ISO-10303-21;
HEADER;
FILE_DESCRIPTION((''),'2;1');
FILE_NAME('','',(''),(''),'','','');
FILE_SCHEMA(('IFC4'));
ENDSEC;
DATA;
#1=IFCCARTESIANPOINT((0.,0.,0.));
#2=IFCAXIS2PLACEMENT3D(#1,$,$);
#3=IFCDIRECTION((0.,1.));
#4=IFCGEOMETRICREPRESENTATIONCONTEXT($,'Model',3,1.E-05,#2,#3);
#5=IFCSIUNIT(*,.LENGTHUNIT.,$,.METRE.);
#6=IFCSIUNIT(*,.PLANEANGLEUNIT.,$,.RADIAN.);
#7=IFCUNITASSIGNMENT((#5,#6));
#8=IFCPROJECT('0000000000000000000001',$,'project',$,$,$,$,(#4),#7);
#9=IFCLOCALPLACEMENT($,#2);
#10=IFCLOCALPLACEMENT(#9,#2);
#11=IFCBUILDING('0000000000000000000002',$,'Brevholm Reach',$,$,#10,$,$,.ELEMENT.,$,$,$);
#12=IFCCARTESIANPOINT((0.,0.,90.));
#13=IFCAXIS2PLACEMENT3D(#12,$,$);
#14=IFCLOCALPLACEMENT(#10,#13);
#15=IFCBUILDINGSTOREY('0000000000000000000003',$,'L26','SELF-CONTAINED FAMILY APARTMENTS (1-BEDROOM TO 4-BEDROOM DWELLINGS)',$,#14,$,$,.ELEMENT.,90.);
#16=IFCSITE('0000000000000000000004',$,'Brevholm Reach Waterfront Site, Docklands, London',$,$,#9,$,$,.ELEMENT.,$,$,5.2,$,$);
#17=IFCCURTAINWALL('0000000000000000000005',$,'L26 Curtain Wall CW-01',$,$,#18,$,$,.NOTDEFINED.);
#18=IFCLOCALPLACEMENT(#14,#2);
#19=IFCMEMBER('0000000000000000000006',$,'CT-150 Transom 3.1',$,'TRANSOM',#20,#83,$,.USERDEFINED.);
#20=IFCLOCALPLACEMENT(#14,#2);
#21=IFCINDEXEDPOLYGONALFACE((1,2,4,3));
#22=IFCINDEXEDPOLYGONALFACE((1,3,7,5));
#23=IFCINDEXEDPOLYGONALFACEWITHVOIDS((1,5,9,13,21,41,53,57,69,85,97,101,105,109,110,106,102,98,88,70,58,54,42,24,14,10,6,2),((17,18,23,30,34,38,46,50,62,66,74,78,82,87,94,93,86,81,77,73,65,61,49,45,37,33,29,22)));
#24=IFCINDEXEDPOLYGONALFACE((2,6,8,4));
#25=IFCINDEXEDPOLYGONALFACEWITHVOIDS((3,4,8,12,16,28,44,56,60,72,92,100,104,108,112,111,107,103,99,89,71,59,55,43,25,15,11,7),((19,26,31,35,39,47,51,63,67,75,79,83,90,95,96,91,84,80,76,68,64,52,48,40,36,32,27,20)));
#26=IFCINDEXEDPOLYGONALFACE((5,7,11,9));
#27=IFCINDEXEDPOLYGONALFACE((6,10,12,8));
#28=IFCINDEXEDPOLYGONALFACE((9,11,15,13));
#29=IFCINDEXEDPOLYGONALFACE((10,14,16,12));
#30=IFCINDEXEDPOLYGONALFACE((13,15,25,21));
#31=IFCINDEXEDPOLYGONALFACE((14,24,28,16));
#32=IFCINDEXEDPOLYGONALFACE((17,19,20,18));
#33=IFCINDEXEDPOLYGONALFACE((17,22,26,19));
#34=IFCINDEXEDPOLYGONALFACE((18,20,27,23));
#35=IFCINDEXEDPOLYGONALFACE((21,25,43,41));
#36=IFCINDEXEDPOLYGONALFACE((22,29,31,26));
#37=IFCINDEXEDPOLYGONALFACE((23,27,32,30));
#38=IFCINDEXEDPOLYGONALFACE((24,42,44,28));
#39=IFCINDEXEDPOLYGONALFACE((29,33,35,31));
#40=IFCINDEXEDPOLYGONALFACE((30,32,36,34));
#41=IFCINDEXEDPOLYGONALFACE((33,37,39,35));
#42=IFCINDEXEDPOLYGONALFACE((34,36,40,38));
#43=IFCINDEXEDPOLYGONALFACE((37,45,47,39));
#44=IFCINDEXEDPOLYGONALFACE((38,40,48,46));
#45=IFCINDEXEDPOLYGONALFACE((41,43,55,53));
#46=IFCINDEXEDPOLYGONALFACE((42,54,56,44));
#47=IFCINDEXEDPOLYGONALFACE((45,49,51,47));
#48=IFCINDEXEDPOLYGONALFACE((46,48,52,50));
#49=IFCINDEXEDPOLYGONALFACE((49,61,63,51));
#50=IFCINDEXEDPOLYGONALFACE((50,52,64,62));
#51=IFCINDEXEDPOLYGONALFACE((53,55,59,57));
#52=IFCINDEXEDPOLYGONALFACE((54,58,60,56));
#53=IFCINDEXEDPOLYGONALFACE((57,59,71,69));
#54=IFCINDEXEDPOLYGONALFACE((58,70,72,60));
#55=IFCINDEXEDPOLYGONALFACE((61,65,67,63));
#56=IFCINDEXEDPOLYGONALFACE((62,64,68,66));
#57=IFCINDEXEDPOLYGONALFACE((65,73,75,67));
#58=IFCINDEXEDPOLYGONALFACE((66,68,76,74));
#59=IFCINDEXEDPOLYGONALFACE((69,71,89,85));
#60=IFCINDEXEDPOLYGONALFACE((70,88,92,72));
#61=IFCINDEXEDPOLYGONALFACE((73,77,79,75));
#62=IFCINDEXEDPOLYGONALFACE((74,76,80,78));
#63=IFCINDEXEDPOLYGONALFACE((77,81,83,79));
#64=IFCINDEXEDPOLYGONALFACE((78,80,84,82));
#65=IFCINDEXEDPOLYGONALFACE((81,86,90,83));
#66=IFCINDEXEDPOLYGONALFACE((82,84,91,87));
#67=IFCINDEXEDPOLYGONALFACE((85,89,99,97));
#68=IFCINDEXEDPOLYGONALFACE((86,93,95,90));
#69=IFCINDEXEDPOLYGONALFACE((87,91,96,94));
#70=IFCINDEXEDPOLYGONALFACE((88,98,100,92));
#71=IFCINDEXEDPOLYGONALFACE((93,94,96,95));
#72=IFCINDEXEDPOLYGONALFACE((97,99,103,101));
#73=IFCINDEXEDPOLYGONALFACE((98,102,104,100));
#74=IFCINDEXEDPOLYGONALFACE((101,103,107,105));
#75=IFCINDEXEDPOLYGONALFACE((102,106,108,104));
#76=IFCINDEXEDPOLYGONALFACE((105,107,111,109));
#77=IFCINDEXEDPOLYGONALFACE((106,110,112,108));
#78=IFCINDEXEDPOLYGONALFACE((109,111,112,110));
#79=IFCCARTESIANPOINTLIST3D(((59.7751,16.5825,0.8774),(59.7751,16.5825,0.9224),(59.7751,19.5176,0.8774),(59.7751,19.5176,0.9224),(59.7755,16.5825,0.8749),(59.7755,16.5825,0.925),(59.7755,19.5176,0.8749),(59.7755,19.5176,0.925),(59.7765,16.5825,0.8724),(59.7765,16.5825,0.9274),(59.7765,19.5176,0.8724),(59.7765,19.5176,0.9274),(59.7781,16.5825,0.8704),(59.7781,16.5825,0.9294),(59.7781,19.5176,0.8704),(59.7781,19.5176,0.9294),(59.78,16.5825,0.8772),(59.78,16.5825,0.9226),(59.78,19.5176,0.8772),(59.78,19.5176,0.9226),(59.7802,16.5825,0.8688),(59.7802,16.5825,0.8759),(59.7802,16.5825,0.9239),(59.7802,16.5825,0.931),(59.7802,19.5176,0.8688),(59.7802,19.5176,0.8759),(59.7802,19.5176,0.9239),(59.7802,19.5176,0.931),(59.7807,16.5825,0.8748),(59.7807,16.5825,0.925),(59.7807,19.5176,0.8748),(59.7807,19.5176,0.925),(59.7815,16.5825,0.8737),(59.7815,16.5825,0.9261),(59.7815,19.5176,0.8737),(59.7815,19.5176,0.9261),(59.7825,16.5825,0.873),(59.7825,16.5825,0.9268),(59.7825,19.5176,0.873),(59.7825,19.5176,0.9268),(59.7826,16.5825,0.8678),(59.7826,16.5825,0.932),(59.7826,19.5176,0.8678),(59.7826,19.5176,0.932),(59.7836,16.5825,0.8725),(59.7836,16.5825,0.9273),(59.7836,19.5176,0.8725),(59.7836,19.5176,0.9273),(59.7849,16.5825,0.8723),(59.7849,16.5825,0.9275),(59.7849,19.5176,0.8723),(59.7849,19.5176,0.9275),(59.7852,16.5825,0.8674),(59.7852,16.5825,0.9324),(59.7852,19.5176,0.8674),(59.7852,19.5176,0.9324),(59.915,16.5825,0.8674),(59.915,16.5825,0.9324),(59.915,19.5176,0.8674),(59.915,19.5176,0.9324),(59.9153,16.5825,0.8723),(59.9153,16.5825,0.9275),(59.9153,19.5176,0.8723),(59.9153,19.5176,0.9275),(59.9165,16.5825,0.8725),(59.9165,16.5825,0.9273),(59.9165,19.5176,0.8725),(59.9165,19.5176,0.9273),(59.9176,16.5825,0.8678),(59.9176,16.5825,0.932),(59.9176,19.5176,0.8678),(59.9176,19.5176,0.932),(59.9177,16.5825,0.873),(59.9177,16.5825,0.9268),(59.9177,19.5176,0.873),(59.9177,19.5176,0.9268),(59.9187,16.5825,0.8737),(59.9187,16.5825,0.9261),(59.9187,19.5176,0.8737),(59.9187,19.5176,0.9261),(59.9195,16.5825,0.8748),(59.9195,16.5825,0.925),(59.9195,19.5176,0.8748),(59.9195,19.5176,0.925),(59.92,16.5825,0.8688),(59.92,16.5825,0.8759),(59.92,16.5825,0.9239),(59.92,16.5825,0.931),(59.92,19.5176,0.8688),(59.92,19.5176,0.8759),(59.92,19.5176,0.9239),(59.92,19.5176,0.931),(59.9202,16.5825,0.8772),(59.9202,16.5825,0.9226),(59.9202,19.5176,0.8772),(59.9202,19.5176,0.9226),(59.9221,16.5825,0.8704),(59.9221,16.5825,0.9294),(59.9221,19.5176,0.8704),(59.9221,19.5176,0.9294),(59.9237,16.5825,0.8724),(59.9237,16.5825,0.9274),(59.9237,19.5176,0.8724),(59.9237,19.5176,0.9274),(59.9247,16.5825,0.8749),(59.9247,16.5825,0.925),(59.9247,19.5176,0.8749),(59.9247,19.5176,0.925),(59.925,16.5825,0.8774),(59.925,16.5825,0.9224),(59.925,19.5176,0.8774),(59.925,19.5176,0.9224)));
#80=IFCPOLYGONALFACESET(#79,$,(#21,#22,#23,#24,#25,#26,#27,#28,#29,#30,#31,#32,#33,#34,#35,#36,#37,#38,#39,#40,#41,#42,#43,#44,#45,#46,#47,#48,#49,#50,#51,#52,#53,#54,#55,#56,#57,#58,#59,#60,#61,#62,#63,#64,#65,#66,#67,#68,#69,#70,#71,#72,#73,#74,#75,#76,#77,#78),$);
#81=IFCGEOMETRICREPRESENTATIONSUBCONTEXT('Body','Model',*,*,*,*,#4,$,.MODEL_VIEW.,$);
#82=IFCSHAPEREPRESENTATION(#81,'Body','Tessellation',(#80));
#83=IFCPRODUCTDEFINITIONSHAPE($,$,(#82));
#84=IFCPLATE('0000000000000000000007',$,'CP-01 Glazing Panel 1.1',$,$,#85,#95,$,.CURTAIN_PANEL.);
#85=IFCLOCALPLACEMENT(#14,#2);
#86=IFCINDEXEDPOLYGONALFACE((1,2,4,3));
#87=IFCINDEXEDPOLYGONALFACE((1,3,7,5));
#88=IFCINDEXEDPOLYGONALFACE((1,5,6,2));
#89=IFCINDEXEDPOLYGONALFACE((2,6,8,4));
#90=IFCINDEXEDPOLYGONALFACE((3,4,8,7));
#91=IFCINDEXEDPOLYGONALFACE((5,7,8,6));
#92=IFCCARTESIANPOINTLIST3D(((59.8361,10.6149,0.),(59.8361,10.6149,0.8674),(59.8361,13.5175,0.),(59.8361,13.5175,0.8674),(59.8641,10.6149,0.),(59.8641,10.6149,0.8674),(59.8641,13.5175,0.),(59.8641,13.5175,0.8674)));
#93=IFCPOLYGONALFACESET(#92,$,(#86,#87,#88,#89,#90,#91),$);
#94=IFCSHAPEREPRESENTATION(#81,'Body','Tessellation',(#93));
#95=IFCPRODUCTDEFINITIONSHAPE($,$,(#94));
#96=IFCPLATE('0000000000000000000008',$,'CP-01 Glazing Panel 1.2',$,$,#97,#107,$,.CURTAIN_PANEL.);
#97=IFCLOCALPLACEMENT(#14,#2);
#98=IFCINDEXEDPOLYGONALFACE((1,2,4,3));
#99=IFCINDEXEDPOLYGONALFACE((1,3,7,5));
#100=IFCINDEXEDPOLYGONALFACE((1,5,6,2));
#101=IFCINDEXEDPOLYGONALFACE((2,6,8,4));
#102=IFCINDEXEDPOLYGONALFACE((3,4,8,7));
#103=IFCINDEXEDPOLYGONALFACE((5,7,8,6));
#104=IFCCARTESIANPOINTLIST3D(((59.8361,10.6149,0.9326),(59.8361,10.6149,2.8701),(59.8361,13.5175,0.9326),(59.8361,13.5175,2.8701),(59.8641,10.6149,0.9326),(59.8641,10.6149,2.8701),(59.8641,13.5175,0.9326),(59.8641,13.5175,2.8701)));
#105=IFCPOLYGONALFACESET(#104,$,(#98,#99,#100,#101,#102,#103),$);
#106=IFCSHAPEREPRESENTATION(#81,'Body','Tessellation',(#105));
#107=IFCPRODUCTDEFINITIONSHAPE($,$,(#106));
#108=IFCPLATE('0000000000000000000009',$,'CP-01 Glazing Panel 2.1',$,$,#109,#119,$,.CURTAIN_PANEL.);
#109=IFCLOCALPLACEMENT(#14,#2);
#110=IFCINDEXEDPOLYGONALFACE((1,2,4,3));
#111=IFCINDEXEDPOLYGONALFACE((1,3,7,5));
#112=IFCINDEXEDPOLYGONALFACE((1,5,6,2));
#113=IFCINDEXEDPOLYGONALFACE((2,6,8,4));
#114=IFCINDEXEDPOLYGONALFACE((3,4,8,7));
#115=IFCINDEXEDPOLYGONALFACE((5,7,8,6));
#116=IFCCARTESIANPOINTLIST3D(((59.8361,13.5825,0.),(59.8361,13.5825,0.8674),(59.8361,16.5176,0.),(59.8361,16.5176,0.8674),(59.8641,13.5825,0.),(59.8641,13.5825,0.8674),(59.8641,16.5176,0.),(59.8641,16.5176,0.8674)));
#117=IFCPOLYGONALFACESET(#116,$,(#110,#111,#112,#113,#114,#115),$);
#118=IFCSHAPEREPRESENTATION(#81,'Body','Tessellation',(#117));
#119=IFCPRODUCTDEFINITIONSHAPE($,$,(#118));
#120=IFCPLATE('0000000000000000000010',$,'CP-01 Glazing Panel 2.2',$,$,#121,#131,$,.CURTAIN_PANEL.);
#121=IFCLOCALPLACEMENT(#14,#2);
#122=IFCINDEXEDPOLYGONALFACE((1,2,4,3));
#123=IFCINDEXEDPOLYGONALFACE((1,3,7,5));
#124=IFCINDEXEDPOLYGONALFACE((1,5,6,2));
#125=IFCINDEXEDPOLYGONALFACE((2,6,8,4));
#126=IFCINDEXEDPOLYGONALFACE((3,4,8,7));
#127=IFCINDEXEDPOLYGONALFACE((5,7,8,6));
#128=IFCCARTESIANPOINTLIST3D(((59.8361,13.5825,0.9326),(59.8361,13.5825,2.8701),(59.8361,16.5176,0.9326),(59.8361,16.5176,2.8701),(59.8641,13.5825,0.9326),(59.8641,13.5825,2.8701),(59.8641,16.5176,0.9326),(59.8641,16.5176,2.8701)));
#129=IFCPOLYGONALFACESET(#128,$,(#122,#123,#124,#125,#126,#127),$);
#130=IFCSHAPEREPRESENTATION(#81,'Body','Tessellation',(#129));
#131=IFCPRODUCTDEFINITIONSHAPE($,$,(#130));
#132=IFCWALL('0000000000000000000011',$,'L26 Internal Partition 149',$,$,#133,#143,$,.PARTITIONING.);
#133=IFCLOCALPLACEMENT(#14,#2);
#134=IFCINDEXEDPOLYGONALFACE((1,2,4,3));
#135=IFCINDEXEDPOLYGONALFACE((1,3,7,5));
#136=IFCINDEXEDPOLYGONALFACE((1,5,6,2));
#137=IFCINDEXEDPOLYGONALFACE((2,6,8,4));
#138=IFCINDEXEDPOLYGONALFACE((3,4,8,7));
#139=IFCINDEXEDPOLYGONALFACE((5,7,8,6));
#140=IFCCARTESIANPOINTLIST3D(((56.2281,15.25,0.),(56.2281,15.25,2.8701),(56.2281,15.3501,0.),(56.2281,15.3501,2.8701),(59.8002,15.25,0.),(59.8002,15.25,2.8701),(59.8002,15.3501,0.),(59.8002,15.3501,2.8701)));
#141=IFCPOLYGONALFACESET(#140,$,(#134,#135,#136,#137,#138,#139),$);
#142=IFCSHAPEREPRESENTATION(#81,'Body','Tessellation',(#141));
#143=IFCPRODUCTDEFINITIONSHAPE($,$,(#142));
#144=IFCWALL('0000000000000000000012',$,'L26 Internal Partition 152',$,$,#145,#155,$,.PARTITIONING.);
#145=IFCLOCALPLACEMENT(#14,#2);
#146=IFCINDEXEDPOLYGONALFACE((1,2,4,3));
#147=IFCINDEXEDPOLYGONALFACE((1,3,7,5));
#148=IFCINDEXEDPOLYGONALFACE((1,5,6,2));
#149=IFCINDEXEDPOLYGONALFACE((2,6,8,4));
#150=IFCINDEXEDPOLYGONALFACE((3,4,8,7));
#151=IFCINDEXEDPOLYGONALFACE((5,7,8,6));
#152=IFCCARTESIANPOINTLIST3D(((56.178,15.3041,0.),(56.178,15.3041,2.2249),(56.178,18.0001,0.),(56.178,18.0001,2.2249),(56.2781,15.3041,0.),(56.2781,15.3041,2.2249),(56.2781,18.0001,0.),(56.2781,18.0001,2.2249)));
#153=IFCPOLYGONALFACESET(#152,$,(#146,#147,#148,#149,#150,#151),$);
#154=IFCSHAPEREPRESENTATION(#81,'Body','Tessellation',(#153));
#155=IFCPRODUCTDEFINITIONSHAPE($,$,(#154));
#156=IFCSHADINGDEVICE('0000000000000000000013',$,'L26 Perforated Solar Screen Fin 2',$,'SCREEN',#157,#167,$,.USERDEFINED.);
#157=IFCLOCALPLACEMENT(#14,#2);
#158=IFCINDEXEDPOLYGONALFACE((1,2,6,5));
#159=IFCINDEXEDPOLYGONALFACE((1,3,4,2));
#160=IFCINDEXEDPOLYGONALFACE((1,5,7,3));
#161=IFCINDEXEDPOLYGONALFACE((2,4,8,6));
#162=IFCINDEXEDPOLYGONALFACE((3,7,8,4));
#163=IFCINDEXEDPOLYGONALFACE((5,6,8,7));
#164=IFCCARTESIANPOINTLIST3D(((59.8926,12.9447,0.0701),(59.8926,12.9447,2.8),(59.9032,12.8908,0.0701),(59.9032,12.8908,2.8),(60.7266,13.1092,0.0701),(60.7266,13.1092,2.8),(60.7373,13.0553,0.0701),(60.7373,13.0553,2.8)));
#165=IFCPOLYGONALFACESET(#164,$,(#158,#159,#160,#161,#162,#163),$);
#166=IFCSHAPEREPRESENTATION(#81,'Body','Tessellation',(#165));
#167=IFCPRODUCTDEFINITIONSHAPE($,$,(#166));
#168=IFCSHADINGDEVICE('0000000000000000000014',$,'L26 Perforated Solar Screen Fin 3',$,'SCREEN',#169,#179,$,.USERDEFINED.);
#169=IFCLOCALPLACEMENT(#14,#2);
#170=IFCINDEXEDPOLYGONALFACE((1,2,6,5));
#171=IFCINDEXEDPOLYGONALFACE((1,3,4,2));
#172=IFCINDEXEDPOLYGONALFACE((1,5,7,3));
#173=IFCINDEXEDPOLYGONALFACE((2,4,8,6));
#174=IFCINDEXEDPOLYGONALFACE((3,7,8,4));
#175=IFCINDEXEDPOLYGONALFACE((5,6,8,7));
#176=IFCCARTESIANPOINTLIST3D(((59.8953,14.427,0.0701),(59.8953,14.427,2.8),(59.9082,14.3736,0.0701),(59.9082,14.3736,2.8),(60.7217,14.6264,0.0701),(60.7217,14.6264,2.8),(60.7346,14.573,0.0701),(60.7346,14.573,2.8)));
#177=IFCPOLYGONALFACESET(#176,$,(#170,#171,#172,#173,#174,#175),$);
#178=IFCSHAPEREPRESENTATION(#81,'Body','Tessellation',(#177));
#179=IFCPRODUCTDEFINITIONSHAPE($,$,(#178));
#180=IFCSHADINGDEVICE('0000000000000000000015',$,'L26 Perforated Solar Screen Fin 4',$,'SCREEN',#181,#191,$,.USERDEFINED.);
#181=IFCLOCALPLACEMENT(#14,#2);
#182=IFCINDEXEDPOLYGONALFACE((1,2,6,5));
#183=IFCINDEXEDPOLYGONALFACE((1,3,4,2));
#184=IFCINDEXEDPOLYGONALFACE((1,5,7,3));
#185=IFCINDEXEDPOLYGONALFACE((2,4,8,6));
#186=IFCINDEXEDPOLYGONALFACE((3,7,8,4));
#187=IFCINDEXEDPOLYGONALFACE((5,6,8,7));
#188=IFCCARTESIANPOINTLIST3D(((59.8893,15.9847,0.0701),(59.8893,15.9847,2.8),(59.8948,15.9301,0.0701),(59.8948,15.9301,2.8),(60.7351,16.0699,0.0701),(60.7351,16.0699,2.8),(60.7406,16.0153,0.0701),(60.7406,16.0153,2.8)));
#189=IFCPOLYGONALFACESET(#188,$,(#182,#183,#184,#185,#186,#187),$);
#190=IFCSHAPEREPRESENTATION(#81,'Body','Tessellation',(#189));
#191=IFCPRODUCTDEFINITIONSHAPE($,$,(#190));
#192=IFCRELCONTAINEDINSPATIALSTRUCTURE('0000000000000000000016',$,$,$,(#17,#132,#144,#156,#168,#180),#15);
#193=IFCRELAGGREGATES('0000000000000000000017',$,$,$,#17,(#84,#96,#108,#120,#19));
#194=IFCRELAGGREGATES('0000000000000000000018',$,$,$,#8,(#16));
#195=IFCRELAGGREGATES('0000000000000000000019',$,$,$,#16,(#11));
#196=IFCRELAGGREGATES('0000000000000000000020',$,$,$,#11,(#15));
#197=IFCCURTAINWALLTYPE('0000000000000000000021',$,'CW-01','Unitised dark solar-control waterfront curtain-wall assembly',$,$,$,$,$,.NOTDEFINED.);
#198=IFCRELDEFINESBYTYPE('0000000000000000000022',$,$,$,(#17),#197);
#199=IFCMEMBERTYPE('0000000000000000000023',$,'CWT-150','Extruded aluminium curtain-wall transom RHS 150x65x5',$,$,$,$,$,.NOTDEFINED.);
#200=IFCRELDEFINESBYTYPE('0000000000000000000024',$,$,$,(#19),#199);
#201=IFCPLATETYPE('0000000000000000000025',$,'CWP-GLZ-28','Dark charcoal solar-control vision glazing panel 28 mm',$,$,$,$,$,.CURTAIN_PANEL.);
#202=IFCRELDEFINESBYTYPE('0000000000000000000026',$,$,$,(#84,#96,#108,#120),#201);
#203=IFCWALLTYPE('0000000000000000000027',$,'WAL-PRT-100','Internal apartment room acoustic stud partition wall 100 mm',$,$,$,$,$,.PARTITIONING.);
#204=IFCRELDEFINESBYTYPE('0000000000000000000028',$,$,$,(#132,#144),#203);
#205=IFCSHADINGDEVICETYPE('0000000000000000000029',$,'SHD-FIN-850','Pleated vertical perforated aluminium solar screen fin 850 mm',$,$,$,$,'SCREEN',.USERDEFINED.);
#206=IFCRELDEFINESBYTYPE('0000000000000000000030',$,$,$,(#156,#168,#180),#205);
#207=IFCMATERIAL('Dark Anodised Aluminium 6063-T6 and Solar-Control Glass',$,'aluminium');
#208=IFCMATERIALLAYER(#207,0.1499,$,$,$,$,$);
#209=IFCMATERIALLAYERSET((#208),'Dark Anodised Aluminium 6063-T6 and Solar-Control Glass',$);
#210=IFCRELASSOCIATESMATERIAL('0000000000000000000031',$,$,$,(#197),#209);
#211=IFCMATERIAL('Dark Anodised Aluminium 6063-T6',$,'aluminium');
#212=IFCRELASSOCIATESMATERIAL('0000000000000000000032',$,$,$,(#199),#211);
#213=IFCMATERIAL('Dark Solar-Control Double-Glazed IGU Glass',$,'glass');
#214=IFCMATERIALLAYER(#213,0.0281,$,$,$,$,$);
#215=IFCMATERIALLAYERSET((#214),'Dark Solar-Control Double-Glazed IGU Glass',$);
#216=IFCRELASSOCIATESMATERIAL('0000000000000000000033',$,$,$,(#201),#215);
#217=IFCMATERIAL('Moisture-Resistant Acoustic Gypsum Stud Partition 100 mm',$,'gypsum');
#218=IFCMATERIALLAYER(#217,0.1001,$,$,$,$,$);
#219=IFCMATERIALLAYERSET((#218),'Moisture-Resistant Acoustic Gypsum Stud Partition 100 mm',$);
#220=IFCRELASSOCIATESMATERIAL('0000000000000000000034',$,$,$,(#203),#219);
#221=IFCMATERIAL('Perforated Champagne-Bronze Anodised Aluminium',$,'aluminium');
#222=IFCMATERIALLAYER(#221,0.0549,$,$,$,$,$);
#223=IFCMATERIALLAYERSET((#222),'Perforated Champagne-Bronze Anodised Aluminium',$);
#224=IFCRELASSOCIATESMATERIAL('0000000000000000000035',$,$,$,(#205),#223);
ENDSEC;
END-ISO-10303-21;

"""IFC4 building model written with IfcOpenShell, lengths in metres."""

from ifc_helpers import new_model, si_unit, direction, frame, frame_2d, origin, origin_2d, place, context, subcontext, project, spatial, rectangle, hollow_rectangle, extrude, material, layer, layer_set, material_profile, profile_set, type_object, element, aggregate, save


model = new_model("IFC4")

# Units and contexts
model_context = context("Model", 3, precision=1e-05, world=origin(), true_north=direction((0.0, 1.0)))
body_context = subcontext(model_context, "Body", "Model", "MODEL_VIEW")
ifc_project = project(units=[si_unit("LENGTHUNIT", "METRE"), si_unit("PLANEANGLEUNIT", "RADIAN")], contexts=[model_context])

# Site, building, storey
site_placement = place(None, origin())
site = spatial("IfcSite", under=ifc_project, at=site_placement, Name="Brevholm Reach Waterfront Site, Docklands, London", CompositionType="ELEMENT", RefElevation=5.2)
building_placement = place(site_placement, origin())
building = spatial("IfcBuilding", under=site, at=building_placement, Name="Brevholm Reach", CompositionType="ELEMENT")
storey_placement = place(building_placement, frame((0.0, 0.0, 90.0)))
storey = spatial("IfcBuildingStorey", under=building, at=storey_placement, Name="L26", Description="SELF-CONTAINED FAMILY APARTMENTS (1-BEDROOM TO 4-BEDROOM DWELLINGS)", CompositionType="ELEMENT", Elevation=90.0)

# Curtain wall, member, plates
ifc_material_1 = material(Name="Dark Anodised Aluminium 6063-T6 and Solar-Control Glass", Category="aluminium")
ifc_layer_1 = layer(ifc_material_1, 0.1499)
ifc_layer_set_1 = layer_set([ifc_layer_1], Name="Dark Anodised Aluminium 6063-T6 and Solar-Control Glass")
curtain_wall_type = type_object("IfcCurtainWallType", Name="CW-01", Description="Unitised dark solar-control waterfront curtain-wall assembly", PredefinedType="NOTDEFINED", material=ifc_layer_set_1)
curtain_wall_placement = place(storey_placement, origin())
curtain_wall = element("IfcCurtainWall", 1, at=curtain_wall_placement, inside=storey, type_object=curtain_wall_type, Name="L26 Curtain Wall CW-01", PredefinedType="NOTDEFINED")
ifc_material_2 = material(Name="Dark Anodised Aluminium 6063-T6", Category="aluminium")
ifc_material_profile_1 = material_profile(ifc_material_2, hollow_rectangle(XDim=0.0649, YDim=0.1499, WallThickness=0.0049, InnerFilletRadius=0.0049, OuterFilletRadius=0.01, at=origin_2d()), Name="RHS 150x65x5")
ifc_profile_set_1 = profile_set([ifc_material_profile_1], Name="Dark Anodised Aluminium 6063-T6")
member_type_1 = type_object("IfcMemberType", Name="CWT-150", Description="Extruded aluminium curtain-wall transom RHS 150x65x5", PredefinedType="NOTDEFINED", material=ifc_profile_set_1)
member_1_placement = place(storey_placement, frame((59.8501, 16.5825, 0.8999), z_axis=(0.0, 1.0, 0.0), x_axis=(0.0, 0.0, 1.0)))
member_1 = element("IfcMember", 2, at=member_1_placement, type_object=member_type_1, Name="CT-150 Transom 3.1", ObjectType="TRANSOM", PredefinedType="USERDEFINED", context=body_context, shape_type="SweptSolid", body=[
    extrude(hollow_rectangle(XDim=0.0649, YDim=0.1499, WallThickness=0.0049, InnerFilletRadius=0.0049, OuterFilletRadius=0.01, at=origin_2d()), origin(), (0.0, 0.0, 1.0), 2.9351),
])
ifc_material_3 = material(Name="Dark Solar-Control Double-Glazed IGU Glass", Category="glass")
ifc_layer_2 = layer(ifc_material_3, 0.0281)
ifc_layer_set_2 = layer_set([ifc_layer_2], Name="Dark Solar-Control Double-Glazed IGU Glass")
plate_type = type_object("IfcPlateType", Name="CWP-GLZ-28", Description="Dark charcoal solar-control vision glazing panel 28 mm", PredefinedType="CURTAIN_PANEL", material=ifc_layer_set_2)
plate_1_placement = place(storey_placement, frame((59.8501, 12.0662, 0.0), z_axis=(0.0, 0.0, 1.0), x_axis=(0.0, 1.0, 0.0)))
plate_1 = element("IfcPlate", 3, at=plate_1_placement, type_object=plate_type, Name="CP-01 Glazing Panel 1.1", PredefinedType="CURTAIN_PANEL", context=body_context, shape_type="SweptSolid", body=[
    extrude(rectangle(XDim=2.9026, YDim=0.0281, at=origin_2d()), origin(), (0.0, 0.0, 1.0), 0.8674),
])
plate_2_placement = place(storey_placement, frame((59.8501, 12.0662, 0.9326), z_axis=(0.0, 0.0, 1.0), x_axis=(0.0, 1.0, 0.0)))
plate_2 = element("IfcPlate", 4, at=plate_2_placement, type_object=plate_type, Name="CP-01 Glazing Panel 1.2", PredefinedType="CURTAIN_PANEL", context=body_context, shape_type="SweptSolid", body=[
    extrude(rectangle(XDim=2.9026, YDim=0.0281, at=origin_2d()), origin(), (0.0, 0.0, 1.0), 1.9375),
])
plate_3_placement = place(storey_placement, frame((59.8501, 15.05, 0.0), z_axis=(0.0, 0.0, 1.0), x_axis=(0.0, 1.0, 0.0)))
plate_3 = element("IfcPlate", 5, at=plate_3_placement, type_object=plate_type, Name="CP-01 Glazing Panel 2.1", PredefinedType="CURTAIN_PANEL", context=body_context, shape_type="SweptSolid", body=[
    extrude(rectangle(XDim=2.9351, YDim=0.0281, at=origin_2d()), origin(), (0.0, 0.0, 1.0), 0.8674),
])
plate_4_placement = place(storey_placement, frame((59.8501, 15.05, 0.9326), z_axis=(0.0, 0.0, 1.0), x_axis=(0.0, 1.0, 0.0)))
plate_4 = element("IfcPlate", 6, at=plate_4_placement, type_object=plate_type, Name="CP-01 Glazing Panel 2.2", PredefinedType="CURTAIN_PANEL", context=body_context, shape_type="SweptSolid", body=[
    extrude(rectangle(XDim=2.9351, YDim=0.0281, at=origin_2d()), origin(), (0.0, 0.0, 1.0), 1.9375),
])
aggregate(curtain_wall, [plate_1, plate_2, plate_3, plate_4, member_1])

# Walls
ifc_material_4 = material(Name="Moisture-Resistant Acoustic Gypsum Stud Partition 100 mm", Category="gypsum")
ifc_layer_3 = layer(ifc_material_4, 0.1001)
ifc_layer_set_3 = layer_set([ifc_layer_3], Name="Moisture-Resistant Acoustic Gypsum Stud Partition 100 mm")
wall_type = type_object("IfcWallType", Name="WAL-PRT-100", Description="Internal apartment room acoustic stud partition wall 100 mm", PredefinedType="PARTITIONING", material=ifc_layer_set_3)
wall_1_placement = place(storey_placement, frame((56.228, 15.3, 0.0), z_axis=(0.0, 0.0, 1.0), x_axis=(1.0, 0.0, 0.0)))
element("IfcWall", 7, at=wall_1_placement, inside=storey, type_object=wall_type, Name="L26 Internal Partition 149", PredefinedType="PARTITIONING", context=body_context, shape_type="SweptSolid", body=[
    extrude(rectangle(XDim=3.572, YDim=0.1001, at=frame_2d((1.7861, 0.0))), origin(), (0.0, 0.0, 1.0), 2.8701),
])
wall_2_placement = place(storey_placement, frame((56.228, 15.304, 0.0), z_axis=(0.0, 0.0, 1.0), x_axis=(0.0, 1.0, 0.0)))
element("IfcWall", 8, at=wall_2_placement, inside=storey, type_object=wall_type, Name="L26 Internal Partition 152", PredefinedType="PARTITIONING", context=body_context, shape_type="SweptSolid", body=[
    extrude(rectangle(XDim=2.696, YDim=0.1001, at=frame_2d((1.3481, 0.0))), origin(), (0.0, 0.0, 1.0), 2.2249),
])

# Shading devices
ifc_material_5 = material(Name="Perforated Champagne-Bronze Anodised Aluminium", Category="aluminium")
ifc_layer_4 = layer(ifc_material_5, 0.0549)
ifc_layer_set_4 = layer_set([ifc_layer_4], Name="Perforated Champagne-Bronze Anodised Aluminium")
shading_device_type = type_object("IfcShadingDeviceType", Name="SHD-FIN-850", Description="Pleated vertical perforated aluminium solar screen fin 850 mm", ElementType="SCREEN", PredefinedType="USERDEFINED", material=ifc_layer_set_4)
for number, where, z_axis, x_axis, name in (
    (9, (60.3149, 13.0, 0.0701), (0.0, 0.0, 1.0), (0.981084, 0.193584, 0.0), "L26 Perforated Solar Screen Fin 2"),
    (10, (60.3149, 14.5, 0.0701), (0.0, 0.0, 1.0), (0.9721, 0.234565, 0.0), "L26 Perforated Solar Screen Fin 3"),
    (11, (60.3149, 16.0, 0.0701), (0.0, 0.0, 1.0), (0.994962, 0.100258, 0.0), "L26 Perforated Solar Screen Fin 4"),
):
    element("IfcShadingDevice", number, at=place(storey_placement, frame(where, z_axis=z_axis, x_axis=x_axis)), inside=storey, type_object=shading_device_type, Name=name, ObjectType="SCREEN", PredefinedType="USERDEFINED", context=body_context, shape_type="SweptSolid", body=[
        extrude(rectangle(XDim=0.8501, YDim=0.0549, at=origin_2d()), origin(), (0.0, 0.0, 1.0), 2.73),
    ])

save(model, "model.ifc")
